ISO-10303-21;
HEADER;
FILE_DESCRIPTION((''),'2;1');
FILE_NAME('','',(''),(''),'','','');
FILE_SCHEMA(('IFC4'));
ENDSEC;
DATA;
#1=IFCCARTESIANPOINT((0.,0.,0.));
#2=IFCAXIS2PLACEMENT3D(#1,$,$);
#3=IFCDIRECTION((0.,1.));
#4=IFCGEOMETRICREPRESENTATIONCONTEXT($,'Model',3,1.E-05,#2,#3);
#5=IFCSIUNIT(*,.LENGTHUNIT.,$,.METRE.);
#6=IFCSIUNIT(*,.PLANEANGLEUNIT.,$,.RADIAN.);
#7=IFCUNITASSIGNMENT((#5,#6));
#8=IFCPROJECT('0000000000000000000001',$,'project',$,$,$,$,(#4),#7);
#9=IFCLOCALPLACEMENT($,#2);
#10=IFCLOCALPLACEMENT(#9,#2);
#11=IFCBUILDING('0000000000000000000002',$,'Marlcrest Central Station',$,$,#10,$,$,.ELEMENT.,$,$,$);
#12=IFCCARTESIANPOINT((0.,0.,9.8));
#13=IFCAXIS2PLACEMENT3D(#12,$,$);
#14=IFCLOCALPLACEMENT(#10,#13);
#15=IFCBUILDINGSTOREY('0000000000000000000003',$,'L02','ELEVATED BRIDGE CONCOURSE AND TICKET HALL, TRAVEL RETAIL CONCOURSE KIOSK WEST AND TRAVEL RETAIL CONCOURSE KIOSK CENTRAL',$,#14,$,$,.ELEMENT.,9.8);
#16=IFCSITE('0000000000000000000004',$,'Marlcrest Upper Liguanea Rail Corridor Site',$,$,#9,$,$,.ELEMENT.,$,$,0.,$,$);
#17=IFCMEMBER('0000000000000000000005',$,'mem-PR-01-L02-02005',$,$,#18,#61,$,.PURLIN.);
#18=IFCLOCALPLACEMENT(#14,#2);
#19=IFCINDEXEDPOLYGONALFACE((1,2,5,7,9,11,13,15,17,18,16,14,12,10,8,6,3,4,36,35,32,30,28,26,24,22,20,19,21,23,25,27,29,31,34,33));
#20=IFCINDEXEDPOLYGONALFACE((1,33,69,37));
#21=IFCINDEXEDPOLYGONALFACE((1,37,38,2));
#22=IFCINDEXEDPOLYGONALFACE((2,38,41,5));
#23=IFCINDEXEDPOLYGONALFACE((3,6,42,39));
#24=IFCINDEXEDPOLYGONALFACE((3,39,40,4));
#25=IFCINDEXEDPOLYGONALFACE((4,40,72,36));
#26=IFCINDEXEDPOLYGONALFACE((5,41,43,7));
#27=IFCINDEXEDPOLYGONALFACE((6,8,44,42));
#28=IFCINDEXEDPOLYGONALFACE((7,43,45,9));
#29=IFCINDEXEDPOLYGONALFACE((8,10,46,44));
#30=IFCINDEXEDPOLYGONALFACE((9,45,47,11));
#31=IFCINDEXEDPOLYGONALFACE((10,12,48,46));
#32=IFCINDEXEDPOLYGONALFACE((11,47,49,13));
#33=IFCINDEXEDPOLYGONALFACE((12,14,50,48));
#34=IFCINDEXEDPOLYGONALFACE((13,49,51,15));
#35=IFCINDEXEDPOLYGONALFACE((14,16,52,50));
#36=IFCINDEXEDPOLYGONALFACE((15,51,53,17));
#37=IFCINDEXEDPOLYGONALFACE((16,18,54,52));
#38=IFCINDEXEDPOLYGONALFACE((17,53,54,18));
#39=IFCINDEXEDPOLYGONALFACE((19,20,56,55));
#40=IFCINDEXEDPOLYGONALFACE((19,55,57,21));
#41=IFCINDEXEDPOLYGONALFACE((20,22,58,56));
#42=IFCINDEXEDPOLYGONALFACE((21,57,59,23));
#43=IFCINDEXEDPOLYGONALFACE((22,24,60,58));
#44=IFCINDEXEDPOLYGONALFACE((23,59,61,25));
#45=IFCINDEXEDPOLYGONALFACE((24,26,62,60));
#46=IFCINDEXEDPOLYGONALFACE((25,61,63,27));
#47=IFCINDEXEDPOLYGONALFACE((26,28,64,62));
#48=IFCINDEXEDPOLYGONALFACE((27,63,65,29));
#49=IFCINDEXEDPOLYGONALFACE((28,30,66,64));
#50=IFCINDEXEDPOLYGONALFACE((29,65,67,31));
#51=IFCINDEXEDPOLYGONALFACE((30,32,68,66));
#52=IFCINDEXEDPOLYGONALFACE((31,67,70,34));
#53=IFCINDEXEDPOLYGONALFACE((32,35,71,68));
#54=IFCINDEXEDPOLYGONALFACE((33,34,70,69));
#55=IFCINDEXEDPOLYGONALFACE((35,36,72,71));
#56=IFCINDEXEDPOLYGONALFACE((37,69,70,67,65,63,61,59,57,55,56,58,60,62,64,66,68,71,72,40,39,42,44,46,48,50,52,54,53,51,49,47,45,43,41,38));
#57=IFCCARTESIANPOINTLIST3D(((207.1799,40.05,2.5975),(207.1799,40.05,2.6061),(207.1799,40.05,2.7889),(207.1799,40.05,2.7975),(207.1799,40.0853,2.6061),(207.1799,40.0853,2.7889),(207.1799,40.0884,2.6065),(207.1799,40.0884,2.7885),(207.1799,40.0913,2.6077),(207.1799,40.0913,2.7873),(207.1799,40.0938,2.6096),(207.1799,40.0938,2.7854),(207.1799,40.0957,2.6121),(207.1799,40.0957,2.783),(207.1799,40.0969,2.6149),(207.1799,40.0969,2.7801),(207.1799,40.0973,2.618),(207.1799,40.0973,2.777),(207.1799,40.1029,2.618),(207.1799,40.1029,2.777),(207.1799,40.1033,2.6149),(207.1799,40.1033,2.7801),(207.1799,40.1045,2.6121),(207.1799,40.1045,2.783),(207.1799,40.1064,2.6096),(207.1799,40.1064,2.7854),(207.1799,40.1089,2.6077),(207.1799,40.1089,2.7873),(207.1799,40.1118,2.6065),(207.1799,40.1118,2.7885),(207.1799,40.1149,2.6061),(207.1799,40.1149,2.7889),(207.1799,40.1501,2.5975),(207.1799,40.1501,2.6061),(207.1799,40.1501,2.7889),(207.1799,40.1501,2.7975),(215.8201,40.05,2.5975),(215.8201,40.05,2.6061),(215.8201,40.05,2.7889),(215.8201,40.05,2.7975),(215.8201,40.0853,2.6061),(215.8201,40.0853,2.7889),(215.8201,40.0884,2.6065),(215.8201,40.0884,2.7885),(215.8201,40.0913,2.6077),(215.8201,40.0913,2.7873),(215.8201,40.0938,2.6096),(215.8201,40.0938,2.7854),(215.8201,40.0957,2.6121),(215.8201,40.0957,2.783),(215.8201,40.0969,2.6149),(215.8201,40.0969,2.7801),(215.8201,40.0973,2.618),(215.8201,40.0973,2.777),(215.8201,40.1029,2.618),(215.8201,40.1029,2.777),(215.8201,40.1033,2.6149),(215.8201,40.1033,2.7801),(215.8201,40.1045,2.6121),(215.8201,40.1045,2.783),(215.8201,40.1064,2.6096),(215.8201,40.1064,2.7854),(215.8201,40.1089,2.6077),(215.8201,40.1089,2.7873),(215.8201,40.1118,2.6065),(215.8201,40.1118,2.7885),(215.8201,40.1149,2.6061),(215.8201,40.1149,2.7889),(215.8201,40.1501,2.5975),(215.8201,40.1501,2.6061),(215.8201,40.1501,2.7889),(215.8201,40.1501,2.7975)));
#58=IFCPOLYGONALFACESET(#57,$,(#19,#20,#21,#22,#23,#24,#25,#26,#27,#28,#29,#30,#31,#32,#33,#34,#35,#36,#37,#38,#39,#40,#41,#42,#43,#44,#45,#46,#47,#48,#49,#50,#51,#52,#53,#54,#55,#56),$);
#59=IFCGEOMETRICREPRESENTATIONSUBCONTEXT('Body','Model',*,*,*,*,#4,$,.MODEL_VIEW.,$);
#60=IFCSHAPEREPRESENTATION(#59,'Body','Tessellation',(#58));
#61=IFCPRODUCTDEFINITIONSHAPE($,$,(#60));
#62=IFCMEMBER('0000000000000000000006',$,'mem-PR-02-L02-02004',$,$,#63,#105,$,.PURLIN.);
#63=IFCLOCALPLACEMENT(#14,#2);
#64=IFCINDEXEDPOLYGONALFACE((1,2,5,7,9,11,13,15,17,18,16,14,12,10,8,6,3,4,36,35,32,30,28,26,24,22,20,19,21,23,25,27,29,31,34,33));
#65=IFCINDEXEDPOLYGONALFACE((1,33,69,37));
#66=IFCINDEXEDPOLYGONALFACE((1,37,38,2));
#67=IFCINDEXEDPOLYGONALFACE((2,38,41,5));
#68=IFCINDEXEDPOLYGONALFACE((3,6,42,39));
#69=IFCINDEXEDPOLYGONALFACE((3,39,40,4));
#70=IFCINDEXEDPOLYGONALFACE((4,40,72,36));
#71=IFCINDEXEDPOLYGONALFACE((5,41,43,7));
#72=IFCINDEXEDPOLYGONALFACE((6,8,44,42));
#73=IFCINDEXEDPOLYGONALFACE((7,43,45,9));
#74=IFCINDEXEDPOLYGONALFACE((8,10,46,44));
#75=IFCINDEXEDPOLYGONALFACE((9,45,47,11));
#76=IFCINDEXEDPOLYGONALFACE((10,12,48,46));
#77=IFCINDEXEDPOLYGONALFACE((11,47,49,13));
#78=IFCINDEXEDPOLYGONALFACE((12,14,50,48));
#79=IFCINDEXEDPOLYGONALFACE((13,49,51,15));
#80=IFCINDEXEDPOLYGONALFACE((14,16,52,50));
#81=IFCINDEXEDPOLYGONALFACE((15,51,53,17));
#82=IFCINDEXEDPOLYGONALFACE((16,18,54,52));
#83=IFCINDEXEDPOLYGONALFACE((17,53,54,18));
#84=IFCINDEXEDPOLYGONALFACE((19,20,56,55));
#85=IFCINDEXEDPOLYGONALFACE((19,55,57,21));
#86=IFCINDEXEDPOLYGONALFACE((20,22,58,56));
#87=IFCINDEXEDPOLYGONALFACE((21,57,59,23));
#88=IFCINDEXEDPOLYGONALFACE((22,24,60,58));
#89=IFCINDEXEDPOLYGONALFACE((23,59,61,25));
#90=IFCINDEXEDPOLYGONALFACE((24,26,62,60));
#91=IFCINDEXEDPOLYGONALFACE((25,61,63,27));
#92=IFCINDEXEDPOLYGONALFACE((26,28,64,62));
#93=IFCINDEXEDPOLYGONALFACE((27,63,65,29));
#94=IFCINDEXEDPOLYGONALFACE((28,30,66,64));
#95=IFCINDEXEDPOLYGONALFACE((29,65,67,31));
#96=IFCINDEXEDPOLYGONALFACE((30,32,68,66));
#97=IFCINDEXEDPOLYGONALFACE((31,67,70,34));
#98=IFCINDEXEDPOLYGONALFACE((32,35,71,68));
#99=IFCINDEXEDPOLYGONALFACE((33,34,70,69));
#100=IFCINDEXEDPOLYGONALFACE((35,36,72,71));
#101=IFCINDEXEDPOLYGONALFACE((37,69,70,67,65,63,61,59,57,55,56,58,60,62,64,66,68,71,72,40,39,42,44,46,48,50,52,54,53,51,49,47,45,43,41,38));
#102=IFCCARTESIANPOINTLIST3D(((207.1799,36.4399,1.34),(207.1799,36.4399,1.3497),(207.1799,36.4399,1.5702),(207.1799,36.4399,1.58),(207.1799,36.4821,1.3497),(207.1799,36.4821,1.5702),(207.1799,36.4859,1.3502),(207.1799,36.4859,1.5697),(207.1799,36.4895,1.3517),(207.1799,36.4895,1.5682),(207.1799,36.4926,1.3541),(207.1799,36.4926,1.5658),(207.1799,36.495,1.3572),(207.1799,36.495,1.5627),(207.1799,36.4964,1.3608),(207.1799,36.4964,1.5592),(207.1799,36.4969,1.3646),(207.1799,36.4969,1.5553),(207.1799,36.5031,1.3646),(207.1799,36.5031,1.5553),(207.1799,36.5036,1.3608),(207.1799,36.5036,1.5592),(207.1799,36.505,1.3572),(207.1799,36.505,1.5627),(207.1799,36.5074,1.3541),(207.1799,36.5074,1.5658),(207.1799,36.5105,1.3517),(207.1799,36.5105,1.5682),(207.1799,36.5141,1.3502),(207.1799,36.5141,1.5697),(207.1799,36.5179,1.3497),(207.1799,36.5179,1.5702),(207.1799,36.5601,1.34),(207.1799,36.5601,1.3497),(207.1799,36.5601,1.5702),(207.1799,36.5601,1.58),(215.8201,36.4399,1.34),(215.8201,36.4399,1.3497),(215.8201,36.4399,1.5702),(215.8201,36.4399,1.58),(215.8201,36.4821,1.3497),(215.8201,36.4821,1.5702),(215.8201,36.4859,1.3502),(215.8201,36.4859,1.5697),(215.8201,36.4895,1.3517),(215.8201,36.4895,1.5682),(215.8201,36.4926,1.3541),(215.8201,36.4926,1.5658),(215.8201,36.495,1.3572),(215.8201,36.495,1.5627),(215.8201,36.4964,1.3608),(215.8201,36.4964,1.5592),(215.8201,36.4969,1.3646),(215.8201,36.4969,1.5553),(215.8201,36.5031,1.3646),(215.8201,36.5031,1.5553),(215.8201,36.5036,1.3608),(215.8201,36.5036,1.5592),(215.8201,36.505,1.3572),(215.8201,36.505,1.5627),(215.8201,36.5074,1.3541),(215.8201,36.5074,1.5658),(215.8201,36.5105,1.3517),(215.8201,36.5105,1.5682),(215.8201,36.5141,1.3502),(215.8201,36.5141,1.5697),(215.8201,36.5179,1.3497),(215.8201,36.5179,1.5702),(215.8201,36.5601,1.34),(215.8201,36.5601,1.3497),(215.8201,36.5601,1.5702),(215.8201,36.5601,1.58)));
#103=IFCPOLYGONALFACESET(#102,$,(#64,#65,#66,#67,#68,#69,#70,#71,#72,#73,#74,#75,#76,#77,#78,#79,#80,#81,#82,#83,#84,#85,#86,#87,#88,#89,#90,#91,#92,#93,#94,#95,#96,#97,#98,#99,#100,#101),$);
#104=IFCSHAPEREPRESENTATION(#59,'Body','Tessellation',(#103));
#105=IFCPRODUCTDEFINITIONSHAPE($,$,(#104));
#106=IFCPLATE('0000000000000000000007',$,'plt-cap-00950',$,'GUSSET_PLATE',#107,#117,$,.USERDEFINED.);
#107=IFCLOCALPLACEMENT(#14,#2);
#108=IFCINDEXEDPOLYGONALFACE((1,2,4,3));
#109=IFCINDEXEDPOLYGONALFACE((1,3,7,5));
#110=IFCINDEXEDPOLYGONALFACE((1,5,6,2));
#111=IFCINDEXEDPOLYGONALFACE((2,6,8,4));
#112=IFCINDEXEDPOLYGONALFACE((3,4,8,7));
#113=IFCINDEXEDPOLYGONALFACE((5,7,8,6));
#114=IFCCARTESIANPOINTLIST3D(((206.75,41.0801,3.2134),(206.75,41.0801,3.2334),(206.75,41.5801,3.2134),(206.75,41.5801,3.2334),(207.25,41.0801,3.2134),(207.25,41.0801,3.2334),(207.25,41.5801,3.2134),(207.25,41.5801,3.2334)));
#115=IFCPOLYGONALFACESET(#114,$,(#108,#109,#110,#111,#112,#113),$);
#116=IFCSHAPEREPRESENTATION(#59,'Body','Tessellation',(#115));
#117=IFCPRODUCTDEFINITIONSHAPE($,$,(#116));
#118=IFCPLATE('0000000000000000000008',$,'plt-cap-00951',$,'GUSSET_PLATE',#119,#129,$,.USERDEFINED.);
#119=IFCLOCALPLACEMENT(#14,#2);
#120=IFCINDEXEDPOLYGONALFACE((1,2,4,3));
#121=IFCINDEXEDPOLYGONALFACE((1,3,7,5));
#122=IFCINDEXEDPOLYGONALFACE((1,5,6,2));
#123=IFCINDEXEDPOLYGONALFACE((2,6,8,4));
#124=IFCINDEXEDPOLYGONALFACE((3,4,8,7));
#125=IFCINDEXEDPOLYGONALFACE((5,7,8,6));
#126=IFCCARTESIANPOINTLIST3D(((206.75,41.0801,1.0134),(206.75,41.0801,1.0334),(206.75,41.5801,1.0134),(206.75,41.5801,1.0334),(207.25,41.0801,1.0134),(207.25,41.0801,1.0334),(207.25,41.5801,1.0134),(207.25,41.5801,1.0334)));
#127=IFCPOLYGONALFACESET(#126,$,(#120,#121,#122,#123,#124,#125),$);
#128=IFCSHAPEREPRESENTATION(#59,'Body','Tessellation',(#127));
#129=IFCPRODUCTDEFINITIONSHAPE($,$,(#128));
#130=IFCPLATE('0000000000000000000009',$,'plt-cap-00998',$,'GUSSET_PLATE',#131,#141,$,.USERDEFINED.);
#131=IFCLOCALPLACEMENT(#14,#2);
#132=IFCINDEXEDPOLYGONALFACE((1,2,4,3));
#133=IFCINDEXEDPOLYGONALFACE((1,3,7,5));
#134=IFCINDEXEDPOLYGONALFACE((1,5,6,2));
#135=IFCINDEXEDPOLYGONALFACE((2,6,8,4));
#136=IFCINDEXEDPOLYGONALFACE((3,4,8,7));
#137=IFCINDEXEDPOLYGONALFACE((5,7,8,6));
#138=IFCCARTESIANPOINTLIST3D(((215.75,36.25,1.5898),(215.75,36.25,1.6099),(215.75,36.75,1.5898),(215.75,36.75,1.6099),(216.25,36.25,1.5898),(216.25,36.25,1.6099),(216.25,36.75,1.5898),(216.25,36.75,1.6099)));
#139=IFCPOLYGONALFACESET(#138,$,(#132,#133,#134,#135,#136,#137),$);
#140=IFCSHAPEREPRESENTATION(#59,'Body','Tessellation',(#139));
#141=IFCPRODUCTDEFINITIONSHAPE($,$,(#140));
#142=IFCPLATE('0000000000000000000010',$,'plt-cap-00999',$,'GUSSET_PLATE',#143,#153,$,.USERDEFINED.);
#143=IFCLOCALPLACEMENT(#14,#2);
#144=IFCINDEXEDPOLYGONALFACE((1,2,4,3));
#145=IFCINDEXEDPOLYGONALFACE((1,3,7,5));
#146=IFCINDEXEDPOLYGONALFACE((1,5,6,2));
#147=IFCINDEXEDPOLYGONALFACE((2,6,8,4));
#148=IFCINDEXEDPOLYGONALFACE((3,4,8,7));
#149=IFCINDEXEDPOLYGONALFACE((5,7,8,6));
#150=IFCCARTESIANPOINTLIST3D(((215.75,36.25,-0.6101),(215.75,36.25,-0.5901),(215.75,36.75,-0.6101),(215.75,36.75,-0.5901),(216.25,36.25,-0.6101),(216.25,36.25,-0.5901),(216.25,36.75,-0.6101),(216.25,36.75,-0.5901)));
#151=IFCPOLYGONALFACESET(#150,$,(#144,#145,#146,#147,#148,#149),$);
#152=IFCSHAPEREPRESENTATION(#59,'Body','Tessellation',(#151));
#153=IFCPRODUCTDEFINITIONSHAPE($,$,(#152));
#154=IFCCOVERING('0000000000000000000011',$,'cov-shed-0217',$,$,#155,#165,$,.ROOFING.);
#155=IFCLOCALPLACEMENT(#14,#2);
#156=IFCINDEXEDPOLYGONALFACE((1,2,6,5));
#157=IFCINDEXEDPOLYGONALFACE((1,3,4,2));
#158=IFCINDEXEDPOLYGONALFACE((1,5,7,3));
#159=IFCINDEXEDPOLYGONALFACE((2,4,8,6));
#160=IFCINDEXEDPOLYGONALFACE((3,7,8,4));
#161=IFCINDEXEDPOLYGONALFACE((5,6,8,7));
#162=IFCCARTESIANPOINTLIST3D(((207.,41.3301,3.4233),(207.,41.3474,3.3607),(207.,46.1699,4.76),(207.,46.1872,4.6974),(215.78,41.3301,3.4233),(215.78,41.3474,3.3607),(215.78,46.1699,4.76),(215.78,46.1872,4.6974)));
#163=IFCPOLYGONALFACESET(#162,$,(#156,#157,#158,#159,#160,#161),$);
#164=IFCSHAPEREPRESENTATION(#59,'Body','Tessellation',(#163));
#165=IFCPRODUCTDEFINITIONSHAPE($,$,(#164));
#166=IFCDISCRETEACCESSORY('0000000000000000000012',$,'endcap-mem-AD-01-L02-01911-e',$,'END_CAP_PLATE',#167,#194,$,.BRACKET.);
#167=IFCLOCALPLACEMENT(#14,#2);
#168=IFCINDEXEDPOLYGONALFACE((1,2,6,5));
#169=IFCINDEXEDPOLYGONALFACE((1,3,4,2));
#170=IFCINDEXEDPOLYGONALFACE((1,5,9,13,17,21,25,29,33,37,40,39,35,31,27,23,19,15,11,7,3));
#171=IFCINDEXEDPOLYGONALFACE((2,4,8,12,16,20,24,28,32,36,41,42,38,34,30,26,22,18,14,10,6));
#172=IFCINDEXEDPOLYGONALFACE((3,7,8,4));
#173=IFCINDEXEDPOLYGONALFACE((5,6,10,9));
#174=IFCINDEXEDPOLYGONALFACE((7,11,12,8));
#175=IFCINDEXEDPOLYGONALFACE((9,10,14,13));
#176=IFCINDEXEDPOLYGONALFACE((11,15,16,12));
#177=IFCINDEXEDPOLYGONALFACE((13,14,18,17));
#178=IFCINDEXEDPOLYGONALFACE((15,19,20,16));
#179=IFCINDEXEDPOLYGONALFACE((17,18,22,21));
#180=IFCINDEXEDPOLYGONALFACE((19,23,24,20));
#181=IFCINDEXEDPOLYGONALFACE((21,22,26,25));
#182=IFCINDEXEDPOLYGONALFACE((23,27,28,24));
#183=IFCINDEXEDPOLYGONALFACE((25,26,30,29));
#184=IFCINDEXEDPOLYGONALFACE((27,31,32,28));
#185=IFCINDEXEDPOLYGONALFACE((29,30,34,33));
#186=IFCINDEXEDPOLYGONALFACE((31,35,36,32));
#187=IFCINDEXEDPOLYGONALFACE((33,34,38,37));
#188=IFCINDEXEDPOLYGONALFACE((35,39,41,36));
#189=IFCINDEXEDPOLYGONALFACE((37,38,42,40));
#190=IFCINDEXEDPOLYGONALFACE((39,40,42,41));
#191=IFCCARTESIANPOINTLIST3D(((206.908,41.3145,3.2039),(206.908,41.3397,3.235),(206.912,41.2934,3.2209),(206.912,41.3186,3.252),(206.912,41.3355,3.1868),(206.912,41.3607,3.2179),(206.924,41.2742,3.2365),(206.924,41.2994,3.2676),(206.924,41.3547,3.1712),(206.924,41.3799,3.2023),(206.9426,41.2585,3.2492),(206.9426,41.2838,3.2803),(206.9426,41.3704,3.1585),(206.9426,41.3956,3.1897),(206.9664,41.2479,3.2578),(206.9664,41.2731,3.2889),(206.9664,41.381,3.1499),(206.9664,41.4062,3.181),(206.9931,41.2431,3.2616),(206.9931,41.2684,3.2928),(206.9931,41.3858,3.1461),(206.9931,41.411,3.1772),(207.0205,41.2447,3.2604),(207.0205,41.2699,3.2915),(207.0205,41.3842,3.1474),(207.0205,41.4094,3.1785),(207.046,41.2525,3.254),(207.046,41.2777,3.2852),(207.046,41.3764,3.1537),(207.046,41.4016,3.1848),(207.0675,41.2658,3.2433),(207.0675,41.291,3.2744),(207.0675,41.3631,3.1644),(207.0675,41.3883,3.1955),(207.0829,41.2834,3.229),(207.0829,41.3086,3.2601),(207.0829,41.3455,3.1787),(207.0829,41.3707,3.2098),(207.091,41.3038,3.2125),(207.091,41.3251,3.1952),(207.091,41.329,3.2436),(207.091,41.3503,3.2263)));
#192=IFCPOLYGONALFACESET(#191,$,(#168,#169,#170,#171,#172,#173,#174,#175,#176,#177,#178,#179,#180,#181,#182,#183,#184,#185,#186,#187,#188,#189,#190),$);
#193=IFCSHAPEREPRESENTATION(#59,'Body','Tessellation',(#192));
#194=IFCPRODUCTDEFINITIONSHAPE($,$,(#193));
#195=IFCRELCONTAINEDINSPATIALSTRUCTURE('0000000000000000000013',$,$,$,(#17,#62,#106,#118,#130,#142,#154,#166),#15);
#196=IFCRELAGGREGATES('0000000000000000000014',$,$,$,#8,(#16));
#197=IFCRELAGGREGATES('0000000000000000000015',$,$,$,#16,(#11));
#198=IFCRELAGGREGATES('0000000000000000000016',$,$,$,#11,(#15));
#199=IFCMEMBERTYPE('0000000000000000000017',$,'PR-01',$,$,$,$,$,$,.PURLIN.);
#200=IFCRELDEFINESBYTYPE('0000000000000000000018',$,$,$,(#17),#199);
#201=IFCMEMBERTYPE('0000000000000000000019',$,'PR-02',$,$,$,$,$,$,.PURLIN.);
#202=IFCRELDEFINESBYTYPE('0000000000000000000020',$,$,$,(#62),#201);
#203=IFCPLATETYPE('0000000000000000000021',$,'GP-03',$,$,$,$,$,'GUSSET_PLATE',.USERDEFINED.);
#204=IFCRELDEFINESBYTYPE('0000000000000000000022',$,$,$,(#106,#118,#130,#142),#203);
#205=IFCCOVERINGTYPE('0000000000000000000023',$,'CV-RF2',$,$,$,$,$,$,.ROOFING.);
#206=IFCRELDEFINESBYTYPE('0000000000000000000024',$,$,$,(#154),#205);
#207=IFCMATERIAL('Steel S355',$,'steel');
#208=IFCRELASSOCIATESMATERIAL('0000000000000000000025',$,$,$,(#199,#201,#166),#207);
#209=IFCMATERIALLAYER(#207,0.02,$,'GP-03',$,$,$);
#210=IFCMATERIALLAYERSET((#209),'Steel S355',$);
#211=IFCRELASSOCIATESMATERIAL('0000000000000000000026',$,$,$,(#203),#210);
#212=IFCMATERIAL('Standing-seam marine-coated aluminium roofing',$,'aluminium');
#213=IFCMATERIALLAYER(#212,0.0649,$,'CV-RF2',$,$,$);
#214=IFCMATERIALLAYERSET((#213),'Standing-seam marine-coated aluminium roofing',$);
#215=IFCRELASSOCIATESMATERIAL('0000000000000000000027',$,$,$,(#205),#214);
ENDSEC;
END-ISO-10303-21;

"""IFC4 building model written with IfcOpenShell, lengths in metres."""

from ifc_helpers import new_model, si_unit, direction, frame, origin, origin_2d, place, context, subcontext, project, spatial, polyline, rectangle, circle, i_section, outline, extrude, material, layer, layer_set, material_profile, profile_set, type_object, element, save


model = new_model("IFC4")

# Units and contexts
model_context = context("Model", 3, precision=1e-05, world=origin(), true_north=direction((0.0, 1.0)))
body_context = subcontext(model_context, "Body", "Model", "MODEL_VIEW")
ifc_project = project(units=[si_unit("LENGTHUNIT", "METRE"), si_unit("PLANEANGLEUNIT", "RADIAN")], contexts=[model_context])

# Site, building, storey
site_placement = place(None, origin())
site = spatial("IfcSite", under=ifc_project, at=site_placement, Name="Marlcrest Upper Liguanea Rail Corridor Site", CompositionType="ELEMENT", RefElevation=0.0)
building_placement = place(site_placement, origin())
building = spatial("IfcBuilding", under=site, at=building_placement, Name="Marlcrest Central Station", CompositionType="ELEMENT")
storey_placement = place(building_placement, frame((0.0, 0.0, 9.8)))
storey = spatial("IfcBuildingStorey", under=building, at=storey_placement, Name="L02", Description="ELEVATED BRIDGE CONCOURSE AND TICKET HALL, TRAVEL RETAIL CONCOURSE KIOSK WEST AND TRAVEL RETAIL CONCOURSE KIOSK CENTRAL", CompositionType="ELEMENT", Elevation=9.8)

# Members
ifc_material_1 = material(Name="Steel S355", Category="steel")
ifc_material_profile_1 = material_profile(ifc_material_1, i_section(OverallWidth=0.1001, OverallDepth=0.2, WebThickness=0.0056, FlangeThickness=0.0085, FilletRadius=0.012, at=origin_2d()), Name="IPE 200")
ifc_profile_set_1 = profile_set([ifc_material_profile_1], Name="Steel S355")
member_type_1 = type_object("IfcMemberType", Name="PR-01", PredefinedType="PURLIN", material=ifc_profile_set_1)
member_1_placement = place(storey_placement, frame((207.1799, 40.1001, 2.6975), z_axis=(1.0, 0.0, 0.0), x_axis=(0.0, 1.0, 0.0)))
element("IfcMember", 1, at=member_1_placement, inside=storey, type_object=member_type_1, Name="mem-PR-01-L02-02005", PredefinedType="PURLIN", context=body_context, shape_type="SweptSolid", body=[
    extrude(i_section(OverallWidth=0.1001, OverallDepth=0.2, WebThickness=0.0056, FlangeThickness=0.0085, FilletRadius=0.012, at=origin_2d()), origin(), (0.0, 0.0, 1.0), 8.6401),
])
ifc_material_profile_2 = material_profile(ifc_material_1, i_section(OverallWidth=0.1201, OverallDepth=0.24, WebThickness=0.0061, FlangeThickness=0.0098, FilletRadius=0.0149, at=origin_2d()), Name="IPE 240")
ifc_profile_set_2 = profile_set([ifc_material_profile_2], Name="Steel S355")
member_type_2 = type_object("IfcMemberType", Name="PR-02", PredefinedType="PURLIN", material=ifc_profile_set_2)
member_2_placement = place(storey_placement, frame((207.1799, 36.5, 1.46), z_axis=(1.0, 0.0, 0.0), x_axis=(0.0, 1.0, 0.0)))
element("IfcMember", 2, at=member_2_placement, inside=storey, type_object=member_type_2, Name="mem-PR-02-L02-02004", PredefinedType="PURLIN", context=body_context, shape_type="SweptSolid", body=[
    extrude(i_section(OverallWidth=0.1201, OverallDepth=0.24, WebThickness=0.0061, FlangeThickness=0.0098, FilletRadius=0.0149, at=origin_2d()), origin(), (0.0, 0.0, 1.0), 8.6401),
])

# Plates
ifc_layer_1 = layer(ifc_material_1, 0.02, Name="GP-03")
ifc_layer_set_1 = layer_set([ifc_layer_1], Name="Steel S355")
plate_type = type_object("IfcPlateType", Name="GP-03", ElementType="GUSSET_PLATE", PredefinedType="USERDEFINED", material=ifc_layer_set_1)
for number, where, z_axis, x_axis, name in (
    (3, (207.0, 41.3301, 3.2134), (0.0, 0.0, 1.0), (1.0, 0.0, 0.0), "plt-cap-00950"),
    (4, (207.0, 41.3301, 1.0134), (0.0, 0.0, 1.0), (1.0, 0.0, 0.0), "plt-cap-00951"),
    (5, (216.0, 36.5, 1.5898), (0.0, 0.0, 1.0), (1.0, 0.0, 0.0), "plt-cap-00998"),
    (6, (216.0, 36.5, -0.6101), (0.0, 0.0, 1.0), (1.0, 0.0, 0.0), "plt-cap-00999"),
):
    element("IfcPlate", number, at=place(storey_placement, frame(where, z_axis=z_axis, x_axis=x_axis)), inside=storey, type_object=plate_type, Name=name, ObjectType="GUSSET_PLATE", PredefinedType="USERDEFINED", context=body_context, shape_type="SweptSolid", body=[
        extrude(rectangle(XDim=0.5, YDim=0.5, at=origin_2d()), origin(), (0.0, 0.0, 1.0), 0.02),
    ])

# Covering
ifc_material_2 = material(Name="Standing-seam marine-coated aluminium roofing", Category="aluminium")
ifc_layer_2 = layer(ifc_material_2, 0.0649, Name="CV-RF2")
ifc_layer_set_2 = layer_set([ifc_layer_2], Name="Standing-seam marine-coated aluminium roofing")
covering_type = type_object("IfcCoveringType", Name="CV-RF2", PredefinedType="ROOFING", material=ifc_layer_set_2)
covering_placement = place(storey_placement, frame((207.0, 41.3301, 3.4233), z_axis=(0.0, -0.266214, 0.963914), x_axis=(1.0, 0.0, 0.0)))
element("IfcCovering", 7, at=covering_placement, inside=storey, type_object=covering_type, Name="cov-shed-0217", PredefinedType="ROOFING", context=body_context, shape_type="SweptSolid", body=[
    extrude(outline(polyline([(0.0, 0.0), (8.78, 0.0), (8.78, 5.021), (0.0, 5.021), (0.0, 0.0)])), origin(), (0.0, 0.0, -1.0), 0.0649),
])

# Discrete accessory
discrete_accessory_1_placement = place(storey_placement, frame((207.0, 41.3145, 3.2039), z_axis=(0.0, 0.629629, 0.776896), x_axis=(-1.0, 0.0, 0.0)))
element("IfcDiscreteAccessory", 8, at=discrete_accessory_1_placement, inside=storey, material=ifc_material_1, Name="endcap-mem-AD-01-L02-01911-e", ObjectType="END_CAP_PLATE", PredefinedType="BRACKET", context=body_context, shape_type="SweptSolid", body=[
    extrude(circle(Radius=0.092, at=origin_2d()), origin(), (0.0, 0.0, 1.0), 0.04),
])

save(model, "model.ifc")
